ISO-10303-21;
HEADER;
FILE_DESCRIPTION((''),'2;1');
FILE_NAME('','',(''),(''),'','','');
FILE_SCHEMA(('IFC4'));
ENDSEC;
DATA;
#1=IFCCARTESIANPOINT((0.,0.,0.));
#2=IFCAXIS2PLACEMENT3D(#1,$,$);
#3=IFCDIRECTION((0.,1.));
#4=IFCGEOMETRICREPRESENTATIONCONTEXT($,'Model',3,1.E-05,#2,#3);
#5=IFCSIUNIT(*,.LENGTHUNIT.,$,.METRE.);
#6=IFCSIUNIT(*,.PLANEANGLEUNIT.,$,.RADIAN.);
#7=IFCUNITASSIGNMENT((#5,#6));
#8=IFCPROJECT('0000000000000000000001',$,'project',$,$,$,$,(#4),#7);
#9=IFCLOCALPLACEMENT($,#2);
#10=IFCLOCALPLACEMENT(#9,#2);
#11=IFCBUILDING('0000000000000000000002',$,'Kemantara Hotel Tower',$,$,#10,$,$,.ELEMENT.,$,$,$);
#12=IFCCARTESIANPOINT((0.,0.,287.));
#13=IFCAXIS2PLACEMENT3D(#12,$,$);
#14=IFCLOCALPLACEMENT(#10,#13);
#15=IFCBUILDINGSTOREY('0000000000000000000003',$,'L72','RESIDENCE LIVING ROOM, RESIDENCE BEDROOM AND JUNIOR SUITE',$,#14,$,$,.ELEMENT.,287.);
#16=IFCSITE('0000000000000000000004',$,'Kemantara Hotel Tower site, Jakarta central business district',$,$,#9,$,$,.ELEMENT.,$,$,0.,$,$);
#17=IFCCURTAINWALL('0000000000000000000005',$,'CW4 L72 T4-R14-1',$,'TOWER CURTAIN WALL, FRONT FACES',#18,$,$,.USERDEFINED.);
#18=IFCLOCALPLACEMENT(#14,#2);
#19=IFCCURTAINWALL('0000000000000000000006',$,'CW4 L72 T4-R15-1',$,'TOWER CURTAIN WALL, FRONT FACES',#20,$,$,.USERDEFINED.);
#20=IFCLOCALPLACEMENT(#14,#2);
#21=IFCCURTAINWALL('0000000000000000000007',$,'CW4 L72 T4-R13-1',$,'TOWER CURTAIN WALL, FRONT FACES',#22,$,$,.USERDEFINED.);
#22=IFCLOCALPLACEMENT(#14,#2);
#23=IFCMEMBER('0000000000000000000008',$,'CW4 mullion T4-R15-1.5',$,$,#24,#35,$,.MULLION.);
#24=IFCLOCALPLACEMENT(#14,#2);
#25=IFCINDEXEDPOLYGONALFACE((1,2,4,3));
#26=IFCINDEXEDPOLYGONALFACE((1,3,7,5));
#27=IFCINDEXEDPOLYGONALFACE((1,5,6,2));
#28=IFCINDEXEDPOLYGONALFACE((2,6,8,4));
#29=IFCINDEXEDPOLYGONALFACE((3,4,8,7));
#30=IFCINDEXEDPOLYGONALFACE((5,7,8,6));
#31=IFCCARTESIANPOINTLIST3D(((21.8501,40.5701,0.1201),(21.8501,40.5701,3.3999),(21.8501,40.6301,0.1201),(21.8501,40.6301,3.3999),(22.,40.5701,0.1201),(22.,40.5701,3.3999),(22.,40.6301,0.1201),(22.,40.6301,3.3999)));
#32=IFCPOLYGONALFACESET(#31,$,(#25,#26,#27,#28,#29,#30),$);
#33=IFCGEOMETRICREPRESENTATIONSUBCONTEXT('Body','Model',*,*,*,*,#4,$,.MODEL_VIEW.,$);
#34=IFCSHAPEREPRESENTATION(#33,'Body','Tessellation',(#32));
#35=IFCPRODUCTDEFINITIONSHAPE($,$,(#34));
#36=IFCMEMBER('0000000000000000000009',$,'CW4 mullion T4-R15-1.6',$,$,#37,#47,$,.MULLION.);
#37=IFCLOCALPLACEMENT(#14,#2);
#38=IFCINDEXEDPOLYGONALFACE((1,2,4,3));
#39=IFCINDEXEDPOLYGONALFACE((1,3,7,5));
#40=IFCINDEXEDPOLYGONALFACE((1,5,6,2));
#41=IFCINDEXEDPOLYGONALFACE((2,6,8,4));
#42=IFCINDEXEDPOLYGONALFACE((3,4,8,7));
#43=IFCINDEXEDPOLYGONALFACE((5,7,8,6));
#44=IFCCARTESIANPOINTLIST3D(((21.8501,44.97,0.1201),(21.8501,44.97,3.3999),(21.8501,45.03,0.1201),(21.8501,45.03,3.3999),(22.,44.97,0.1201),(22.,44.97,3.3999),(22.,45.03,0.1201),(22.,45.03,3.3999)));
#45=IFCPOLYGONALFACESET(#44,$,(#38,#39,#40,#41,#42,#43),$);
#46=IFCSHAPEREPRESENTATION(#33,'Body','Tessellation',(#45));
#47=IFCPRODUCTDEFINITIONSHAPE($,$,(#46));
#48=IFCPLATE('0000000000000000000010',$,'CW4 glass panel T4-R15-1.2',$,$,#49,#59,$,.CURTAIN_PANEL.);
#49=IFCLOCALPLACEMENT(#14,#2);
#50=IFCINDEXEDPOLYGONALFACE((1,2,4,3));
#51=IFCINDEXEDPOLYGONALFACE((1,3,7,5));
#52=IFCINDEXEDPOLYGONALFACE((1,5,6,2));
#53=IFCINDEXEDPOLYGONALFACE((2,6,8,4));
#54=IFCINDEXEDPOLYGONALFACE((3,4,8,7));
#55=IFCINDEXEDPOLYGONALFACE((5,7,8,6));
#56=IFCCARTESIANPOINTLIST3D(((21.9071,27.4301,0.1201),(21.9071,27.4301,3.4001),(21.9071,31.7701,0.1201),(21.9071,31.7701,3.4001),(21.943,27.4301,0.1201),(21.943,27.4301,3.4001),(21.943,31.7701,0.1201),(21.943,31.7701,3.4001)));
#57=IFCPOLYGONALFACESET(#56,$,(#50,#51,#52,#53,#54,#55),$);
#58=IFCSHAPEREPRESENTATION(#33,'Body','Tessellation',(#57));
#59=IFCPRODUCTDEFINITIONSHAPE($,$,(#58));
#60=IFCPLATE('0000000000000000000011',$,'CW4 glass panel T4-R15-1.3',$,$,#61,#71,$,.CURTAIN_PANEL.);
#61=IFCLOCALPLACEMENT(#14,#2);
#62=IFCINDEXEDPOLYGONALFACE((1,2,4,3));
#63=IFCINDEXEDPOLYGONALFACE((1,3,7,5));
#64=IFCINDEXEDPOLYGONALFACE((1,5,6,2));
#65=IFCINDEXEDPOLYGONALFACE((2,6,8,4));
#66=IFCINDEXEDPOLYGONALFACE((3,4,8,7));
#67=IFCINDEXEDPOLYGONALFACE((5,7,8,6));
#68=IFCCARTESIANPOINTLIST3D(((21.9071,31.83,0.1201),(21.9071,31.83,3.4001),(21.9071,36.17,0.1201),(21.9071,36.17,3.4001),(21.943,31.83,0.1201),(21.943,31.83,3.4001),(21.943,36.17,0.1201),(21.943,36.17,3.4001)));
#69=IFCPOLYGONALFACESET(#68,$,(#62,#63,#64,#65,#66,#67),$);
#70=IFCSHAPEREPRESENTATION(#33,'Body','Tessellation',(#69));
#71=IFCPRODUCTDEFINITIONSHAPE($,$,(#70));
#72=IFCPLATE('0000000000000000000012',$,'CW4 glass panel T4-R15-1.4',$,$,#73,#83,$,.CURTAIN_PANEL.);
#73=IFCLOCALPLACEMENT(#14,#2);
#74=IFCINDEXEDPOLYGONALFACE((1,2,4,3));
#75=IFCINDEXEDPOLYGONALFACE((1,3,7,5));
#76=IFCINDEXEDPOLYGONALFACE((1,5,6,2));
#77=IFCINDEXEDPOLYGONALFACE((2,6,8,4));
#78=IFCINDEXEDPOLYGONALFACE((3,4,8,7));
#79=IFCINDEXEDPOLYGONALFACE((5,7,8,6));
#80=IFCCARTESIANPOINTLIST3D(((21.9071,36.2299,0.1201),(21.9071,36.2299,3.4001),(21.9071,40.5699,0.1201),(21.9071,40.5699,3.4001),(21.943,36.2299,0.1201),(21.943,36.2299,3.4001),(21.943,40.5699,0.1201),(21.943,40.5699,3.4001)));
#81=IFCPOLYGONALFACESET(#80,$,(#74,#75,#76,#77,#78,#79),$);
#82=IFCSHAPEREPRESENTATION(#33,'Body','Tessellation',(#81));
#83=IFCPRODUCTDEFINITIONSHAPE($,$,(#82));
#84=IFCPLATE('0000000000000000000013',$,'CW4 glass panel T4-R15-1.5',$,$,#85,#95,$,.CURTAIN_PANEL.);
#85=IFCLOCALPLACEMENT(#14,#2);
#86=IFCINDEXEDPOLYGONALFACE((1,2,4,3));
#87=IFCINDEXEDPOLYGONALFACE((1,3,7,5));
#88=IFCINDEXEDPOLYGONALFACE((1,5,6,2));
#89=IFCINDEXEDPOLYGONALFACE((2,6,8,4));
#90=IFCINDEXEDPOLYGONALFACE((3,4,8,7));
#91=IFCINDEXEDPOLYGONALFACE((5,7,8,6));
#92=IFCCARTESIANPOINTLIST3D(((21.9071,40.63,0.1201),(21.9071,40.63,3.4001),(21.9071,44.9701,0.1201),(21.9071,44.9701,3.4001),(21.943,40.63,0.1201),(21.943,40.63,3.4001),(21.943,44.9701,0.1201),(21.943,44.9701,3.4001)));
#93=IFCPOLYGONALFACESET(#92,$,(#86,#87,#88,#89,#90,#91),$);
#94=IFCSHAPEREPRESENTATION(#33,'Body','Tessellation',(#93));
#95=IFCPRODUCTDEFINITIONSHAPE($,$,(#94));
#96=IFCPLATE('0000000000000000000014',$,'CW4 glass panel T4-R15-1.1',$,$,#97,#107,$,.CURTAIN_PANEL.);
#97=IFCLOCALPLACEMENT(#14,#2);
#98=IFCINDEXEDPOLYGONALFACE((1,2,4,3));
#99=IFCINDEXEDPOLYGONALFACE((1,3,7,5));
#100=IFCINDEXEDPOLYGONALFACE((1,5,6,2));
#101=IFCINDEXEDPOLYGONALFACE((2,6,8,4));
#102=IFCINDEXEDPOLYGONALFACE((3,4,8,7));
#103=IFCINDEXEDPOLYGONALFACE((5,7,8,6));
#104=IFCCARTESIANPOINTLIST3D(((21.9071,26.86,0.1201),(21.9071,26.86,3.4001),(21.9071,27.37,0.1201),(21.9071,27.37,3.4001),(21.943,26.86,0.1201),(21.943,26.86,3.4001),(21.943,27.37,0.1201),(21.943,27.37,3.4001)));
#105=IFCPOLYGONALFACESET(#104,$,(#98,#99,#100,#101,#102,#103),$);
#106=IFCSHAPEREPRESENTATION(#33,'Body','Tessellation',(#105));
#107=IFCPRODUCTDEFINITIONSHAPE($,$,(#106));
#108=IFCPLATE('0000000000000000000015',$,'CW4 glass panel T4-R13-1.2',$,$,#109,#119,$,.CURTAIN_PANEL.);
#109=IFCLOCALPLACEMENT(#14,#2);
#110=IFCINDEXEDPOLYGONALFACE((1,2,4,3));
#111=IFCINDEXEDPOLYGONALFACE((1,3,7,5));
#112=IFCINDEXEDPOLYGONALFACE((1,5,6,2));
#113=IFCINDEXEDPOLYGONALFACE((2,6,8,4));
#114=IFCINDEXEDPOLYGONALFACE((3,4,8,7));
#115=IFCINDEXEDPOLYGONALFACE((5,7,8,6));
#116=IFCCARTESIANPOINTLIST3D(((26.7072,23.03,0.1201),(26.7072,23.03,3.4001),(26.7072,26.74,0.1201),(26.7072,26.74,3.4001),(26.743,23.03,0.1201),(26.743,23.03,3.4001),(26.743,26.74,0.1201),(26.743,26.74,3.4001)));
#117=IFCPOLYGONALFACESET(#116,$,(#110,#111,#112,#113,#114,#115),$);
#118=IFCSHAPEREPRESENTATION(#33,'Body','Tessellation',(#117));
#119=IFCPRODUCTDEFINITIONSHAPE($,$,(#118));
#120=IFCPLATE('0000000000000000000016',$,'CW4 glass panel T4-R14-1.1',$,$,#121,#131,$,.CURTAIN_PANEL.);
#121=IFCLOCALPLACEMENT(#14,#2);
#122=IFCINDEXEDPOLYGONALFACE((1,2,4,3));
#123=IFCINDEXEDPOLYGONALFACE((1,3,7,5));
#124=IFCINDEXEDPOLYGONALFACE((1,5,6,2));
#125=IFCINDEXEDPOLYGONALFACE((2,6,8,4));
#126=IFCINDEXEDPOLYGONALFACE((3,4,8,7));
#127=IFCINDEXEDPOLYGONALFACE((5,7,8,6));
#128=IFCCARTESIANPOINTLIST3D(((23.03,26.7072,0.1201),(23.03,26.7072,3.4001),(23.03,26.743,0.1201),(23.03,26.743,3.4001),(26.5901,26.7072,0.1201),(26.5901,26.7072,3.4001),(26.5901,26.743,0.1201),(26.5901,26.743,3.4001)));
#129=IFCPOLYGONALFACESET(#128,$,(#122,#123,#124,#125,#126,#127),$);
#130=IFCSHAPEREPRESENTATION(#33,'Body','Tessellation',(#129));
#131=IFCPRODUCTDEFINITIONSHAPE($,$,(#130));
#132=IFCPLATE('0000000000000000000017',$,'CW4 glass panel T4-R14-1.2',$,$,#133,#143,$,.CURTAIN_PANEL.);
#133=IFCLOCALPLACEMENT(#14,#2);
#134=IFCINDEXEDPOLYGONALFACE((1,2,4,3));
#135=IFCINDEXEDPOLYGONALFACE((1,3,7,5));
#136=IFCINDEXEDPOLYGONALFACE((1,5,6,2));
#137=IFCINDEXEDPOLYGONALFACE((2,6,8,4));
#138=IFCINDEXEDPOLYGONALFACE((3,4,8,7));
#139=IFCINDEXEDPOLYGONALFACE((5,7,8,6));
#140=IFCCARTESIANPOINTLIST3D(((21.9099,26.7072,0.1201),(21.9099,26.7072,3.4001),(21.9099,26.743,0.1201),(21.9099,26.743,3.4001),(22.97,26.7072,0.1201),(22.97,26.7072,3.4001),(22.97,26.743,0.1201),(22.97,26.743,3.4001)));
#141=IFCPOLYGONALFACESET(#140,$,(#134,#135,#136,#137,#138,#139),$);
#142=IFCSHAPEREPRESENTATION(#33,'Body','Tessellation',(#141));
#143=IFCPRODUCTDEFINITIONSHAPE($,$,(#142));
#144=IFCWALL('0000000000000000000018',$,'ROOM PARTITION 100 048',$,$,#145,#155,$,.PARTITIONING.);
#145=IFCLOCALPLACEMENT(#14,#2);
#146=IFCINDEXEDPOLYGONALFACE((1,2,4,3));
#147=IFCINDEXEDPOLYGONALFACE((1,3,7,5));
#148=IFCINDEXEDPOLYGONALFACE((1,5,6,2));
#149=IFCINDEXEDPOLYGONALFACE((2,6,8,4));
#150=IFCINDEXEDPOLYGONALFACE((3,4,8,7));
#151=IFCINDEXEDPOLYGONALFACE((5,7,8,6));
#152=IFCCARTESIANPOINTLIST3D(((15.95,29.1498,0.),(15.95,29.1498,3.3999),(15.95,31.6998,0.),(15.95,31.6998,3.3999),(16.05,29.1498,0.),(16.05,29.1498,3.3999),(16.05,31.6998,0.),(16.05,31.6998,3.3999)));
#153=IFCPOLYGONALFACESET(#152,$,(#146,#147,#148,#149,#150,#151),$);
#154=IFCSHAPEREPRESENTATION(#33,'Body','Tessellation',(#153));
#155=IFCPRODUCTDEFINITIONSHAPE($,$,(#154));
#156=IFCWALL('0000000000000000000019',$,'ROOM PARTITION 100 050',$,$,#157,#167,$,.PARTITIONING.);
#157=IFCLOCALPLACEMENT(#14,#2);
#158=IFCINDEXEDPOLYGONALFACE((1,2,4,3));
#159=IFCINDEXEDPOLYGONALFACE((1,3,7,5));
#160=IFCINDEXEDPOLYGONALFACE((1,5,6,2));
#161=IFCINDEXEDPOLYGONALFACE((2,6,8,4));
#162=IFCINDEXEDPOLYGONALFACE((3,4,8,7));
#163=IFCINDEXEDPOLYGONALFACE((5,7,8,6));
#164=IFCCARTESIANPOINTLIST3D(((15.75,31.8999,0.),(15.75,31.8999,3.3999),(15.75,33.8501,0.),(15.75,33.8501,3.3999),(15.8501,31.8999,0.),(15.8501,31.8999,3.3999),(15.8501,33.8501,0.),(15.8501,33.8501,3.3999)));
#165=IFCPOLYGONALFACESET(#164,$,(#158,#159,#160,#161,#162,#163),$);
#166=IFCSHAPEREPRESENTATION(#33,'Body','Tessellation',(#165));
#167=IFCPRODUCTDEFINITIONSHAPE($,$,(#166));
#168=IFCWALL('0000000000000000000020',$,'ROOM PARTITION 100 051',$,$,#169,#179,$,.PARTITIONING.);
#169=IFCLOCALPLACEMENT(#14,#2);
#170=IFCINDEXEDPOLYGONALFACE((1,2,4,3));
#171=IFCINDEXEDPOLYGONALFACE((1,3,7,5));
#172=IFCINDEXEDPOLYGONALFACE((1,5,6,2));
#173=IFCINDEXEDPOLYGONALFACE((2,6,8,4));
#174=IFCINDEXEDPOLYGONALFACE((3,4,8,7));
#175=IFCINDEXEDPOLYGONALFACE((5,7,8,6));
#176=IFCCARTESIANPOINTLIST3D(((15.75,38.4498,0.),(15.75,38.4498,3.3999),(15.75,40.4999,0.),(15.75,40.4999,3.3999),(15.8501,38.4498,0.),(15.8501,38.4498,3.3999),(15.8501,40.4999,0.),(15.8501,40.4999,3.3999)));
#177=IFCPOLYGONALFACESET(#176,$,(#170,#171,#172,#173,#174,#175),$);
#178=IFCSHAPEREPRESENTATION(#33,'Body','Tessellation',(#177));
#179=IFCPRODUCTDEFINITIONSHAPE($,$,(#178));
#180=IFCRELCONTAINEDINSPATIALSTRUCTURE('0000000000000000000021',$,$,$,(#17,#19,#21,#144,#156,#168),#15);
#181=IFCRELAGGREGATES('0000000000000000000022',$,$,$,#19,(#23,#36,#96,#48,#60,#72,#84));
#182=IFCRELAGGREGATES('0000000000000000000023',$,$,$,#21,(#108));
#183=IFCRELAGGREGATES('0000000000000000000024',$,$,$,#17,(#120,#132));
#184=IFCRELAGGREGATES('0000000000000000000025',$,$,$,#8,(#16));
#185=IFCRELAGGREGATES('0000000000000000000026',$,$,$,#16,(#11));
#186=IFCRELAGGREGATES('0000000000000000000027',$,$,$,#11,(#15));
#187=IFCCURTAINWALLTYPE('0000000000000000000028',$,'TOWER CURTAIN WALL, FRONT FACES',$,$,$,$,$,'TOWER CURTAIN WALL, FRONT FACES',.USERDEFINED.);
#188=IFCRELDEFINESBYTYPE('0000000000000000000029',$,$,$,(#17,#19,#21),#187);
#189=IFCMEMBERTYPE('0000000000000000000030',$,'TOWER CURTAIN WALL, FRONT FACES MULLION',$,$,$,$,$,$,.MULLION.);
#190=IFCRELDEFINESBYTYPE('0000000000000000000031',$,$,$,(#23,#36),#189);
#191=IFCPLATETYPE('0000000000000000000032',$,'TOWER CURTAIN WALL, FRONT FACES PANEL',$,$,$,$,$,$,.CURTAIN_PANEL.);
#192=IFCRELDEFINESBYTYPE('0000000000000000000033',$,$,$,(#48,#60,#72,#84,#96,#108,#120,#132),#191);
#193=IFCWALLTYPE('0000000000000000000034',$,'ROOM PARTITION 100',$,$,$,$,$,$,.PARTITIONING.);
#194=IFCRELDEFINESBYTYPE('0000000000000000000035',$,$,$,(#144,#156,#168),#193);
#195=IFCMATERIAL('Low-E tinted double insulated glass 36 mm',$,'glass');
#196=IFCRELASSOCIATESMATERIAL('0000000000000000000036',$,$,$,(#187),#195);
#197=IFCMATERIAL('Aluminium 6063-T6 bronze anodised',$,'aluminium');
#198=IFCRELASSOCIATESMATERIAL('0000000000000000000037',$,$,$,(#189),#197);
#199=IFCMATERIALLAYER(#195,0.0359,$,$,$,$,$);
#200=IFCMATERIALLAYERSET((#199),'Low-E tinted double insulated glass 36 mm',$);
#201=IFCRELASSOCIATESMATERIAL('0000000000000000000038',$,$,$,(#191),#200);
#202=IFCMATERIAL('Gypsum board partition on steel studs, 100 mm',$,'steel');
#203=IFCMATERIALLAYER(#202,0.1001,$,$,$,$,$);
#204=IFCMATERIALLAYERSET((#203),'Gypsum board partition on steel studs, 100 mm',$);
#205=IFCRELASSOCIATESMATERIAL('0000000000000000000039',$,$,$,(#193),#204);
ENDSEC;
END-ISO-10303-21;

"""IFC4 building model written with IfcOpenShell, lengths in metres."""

from ifc_helpers import new_model, si_unit, direction, frame, frame_2d, origin, origin_2d, place, context, subcontext, project, spatial, rectangle, extrude, source, transform, mapped, material, layer, layer_set, material_profile, profile_set, type_object, element, aggregate, save


model = new_model("IFC4")

# Units and contexts
model_context = context("Model", 3, precision=1e-05, world=origin(), true_north=direction((0.0, 1.0)))
body_context = subcontext(model_context, "Body", "Model", "MODEL_VIEW")
ifc_project = project(units=[si_unit("LENGTHUNIT", "METRE"), si_unit("PLANEANGLEUNIT", "RADIAN")], contexts=[model_context])

# Site, building, storey
site_placement = place(None, origin())
site = spatial("IfcSite", under=ifc_project, at=site_placement, Name="Kemantara Hotel Tower site, Jakarta central business district", CompositionType="ELEMENT", RefElevation=0.0)
building_placement = place(site_placement, origin())
building = spatial("IfcBuilding", under=site, at=building_placement, Name="Kemantara Hotel Tower", CompositionType="ELEMENT")
storey_placement = place(building_placement, frame((0.0, 0.0, 287.0)))
storey = spatial("IfcBuildingStorey", under=building, at=storey_placement, Name="L72", Description="RESIDENCE LIVING ROOM, RESIDENCE BEDROOM AND JUNIOR SUITE", CompositionType="ELEMENT", Elevation=287.0)

# Curtain walls
ifc_material_1 = material(Name="Low-E tinted double insulated glass 36 mm", Category="glass")
curtain_wall_type = type_object("IfcCurtainWallType", Name="TOWER CURTAIN WALL, FRONT FACES", ElementType="TOWER CURTAIN WALL, FRONT FACES", PredefinedType="USERDEFINED", material=ifc_material_1)
curtain_wall_1_placement = place(storey_placement, origin())
curtain_wall_1 = element("IfcCurtainWall", 1, at=curtain_wall_1_placement, inside=storey, type_object=curtain_wall_type, Name="CW4 L72 T4-R14-1", ObjectType="TOWER CURTAIN WALL, FRONT FACES", PredefinedType="USERDEFINED")
ifc_material_2 = material(Name="Aluminium 6063-T6 bronze anodised", Category="aluminium")
curtain_wall_2_placement = place(storey_placement, origin())
curtain_wall_2 = element("IfcCurtainWall", 2, at=curtain_wall_2_placement, inside=storey, type_object=curtain_wall_type, Name="CW4 L72 T4-R15-1", ObjectType="TOWER CURTAIN WALL, FRONT FACES", PredefinedType="USERDEFINED")

# Curtain wall
curtain_wall_3_placement = place(storey_placement, origin())
curtain_wall_3 = element("IfcCurtainWall", 3, at=curtain_wall_3_placement, inside=storey, type_object=curtain_wall_type, Name="CW4 L72 T4-R13-1", ObjectType="TOWER CURTAIN WALL, FRONT FACES", PredefinedType="USERDEFINED")
ifc_material_profile_1 = material_profile(ifc_material_2, rectangle(XDim=0.1499, YDim=0.0601, at=origin_2d()), Name="TOWER CURTAIN WALL, FRONT FACES MULLION")
ifc_profile_set_1 = profile_set([ifc_material_profile_1], Name="Aluminium 6063-T6 bronze anodised")
member_type_1 = type_object("IfcMemberType", Name="TOWER CURTAIN WALL, FRONT FACES MULLION", PredefinedType="MULLION", material=ifc_profile_set_1)
shared_shape_1 = source(origin(), body_context, "Body", "SweptSolid", [
    extrude(rectangle(XDim=0.1499, YDim=0.0601, at=origin_2d()), origin(), (0.0, 0.0, 1.0), 3.2798),
])

# Members
member_1_placement = place(storey_placement, frame((21.925, 40.6001, 0.1201), z_axis=(0.0, 0.0, 1.0), x_axis=(-1.0, 0.0, 0.0)))
member_1 = element("IfcMember", 4, at=member_1_placement, type_object=member_type_1, Name="CW4 mullion T4-R15-1.5", PredefinedType="MULLION", context=body_context, shape_type="MappedRepresentation", body=[
    mapped(shared_shape_1, transform((0.0, 0.0, 0.0))),
])
member_2_placement = place(storey_placement, frame((21.925, 45.0, 0.1201), z_axis=(0.0, 0.0, 1.0), x_axis=(-1.0, 0.0, 0.0)))
member_2 = element("IfcMember", 5, at=member_2_placement, type_object=member_type_1, Name="CW4 mullion T4-R15-1.6", PredefinedType="MULLION", context=body_context, shape_type="MappedRepresentation", body=[
    mapped(shared_shape_1, transform((0.0, 0.0, 0.0))),
])

# Plates
ifc_layer_1 = layer(ifc_material_1, 0.0359)
ifc_layer_set_1 = layer_set([ifc_layer_1], Name="Low-E tinted double insulated glass 36 mm")
plate_type = type_object("IfcPlateType", Name="TOWER CURTAIN WALL, FRONT FACES PANEL", PredefinedType="CURTAIN_PANEL", material=ifc_layer_set_1)
shared_shape_2 = source(origin(), body_context, "Body", "SweptSolid", [
    extrude(rectangle(XDim=4.3401, YDim=0.0359, at=origin_2d()), origin(), (0.0, 0.0, 1.0), 3.28),
])
plate_1_placement = place(storey_placement, frame((21.925, 29.6001, 0.1201), z_axis=(0.0, 0.0, 1.0), x_axis=(0.0, 1.0, 0.0)))
plate_1 = element("IfcPlate", 6, at=plate_1_placement, type_object=plate_type, Name="CW4 glass panel T4-R15-1.2", PredefinedType="CURTAIN_PANEL", context=body_context, shape_type="MappedRepresentation", body=[
    mapped(shared_shape_2, transform((0.0, 0.0, 0.0))),
])
plate_2_placement = place(storey_placement, frame((21.925, 34.0, 0.1201), z_axis=(0.0, 0.0, 1.0), x_axis=(0.0, 1.0, 0.0)))
plate_2 = element("IfcPlate", 7, at=plate_2_placement, type_object=plate_type, Name="CW4 glass panel T4-R15-1.3", PredefinedType="CURTAIN_PANEL", context=body_context, shape_type="MappedRepresentation", body=[
    mapped(shared_shape_2, transform((0.0, 0.0, 0.0))),
])
plate_3_placement = place(storey_placement, frame((21.925, 38.3999, 0.1201), z_axis=(0.0, 0.0, 1.0), x_axis=(0.0, 1.0, 0.0)))
plate_3 = element("IfcPlate", 8, at=plate_3_placement, type_object=plate_type, Name="CW4 glass panel T4-R15-1.4", PredefinedType="CURTAIN_PANEL", context=body_context, shape_type="MappedRepresentation", body=[
    mapped(shared_shape_2, transform((0.0, 0.0, 0.0))),
])
plate_4_placement = place(storey_placement, frame((21.925, 42.8, 0.1201), z_axis=(0.0, 0.0, 1.0), x_axis=(0.0, 1.0, 0.0)))
plate_4 = element("IfcPlate", 9, at=plate_4_placement, type_object=plate_type, Name="CW4 glass panel T4-R15-1.5", PredefinedType="CURTAIN_PANEL", context=body_context, shape_type="MappedRepresentation", body=[
    mapped(shared_shape_2, transform((0.0, 0.0, 0.0))),
])
shared_shape_3 = source(origin(), body_context, "Body", "SweptSolid", [
    extrude(rectangle(XDim=0.51, YDim=0.0359, at=origin_2d()), origin(), (0.0, 0.0, 1.0), 3.28),
])
plate_5_placement = place(storey_placement, frame((21.925, 27.115, 0.1201), z_axis=(0.0, 0.0, 1.0), x_axis=(0.0, 1.0, 0.0)))
plate_5 = element("IfcPlate", 10, at=plate_5_placement, type_object=plate_type, Name="CW4 glass panel T4-R15-1.1", PredefinedType="CURTAIN_PANEL", context=body_context, shape_type="MappedRepresentation", body=[
    mapped(shared_shape_3, transform((0.0, 0.0, 0.0))),
])
aggregate(curtain_wall_2, [member_1, member_2, plate_5, plate_1, plate_2, plate_3, plate_4])
shared_shape_4 = source(origin(), body_context, "Body", "SweptSolid", [
    extrude(rectangle(XDim=3.71, YDim=0.0359, at=origin_2d()), origin(), (0.0, 0.0, 1.0), 3.28),
])
plate_6_placement = place(storey_placement, frame((26.7251, 24.885, 0.1201), z_axis=(0.0, 0.0, 1.0), x_axis=(0.0, 1.0, 0.0)))
plate_6 = element("IfcPlate", 11, at=plate_6_placement, type_object=plate_type, Name="CW4 glass panel T4-R13-1.2", PredefinedType="CURTAIN_PANEL", context=body_context, shape_type="MappedRepresentation", body=[
    mapped(shared_shape_4, transform((0.0, 0.0, 0.0))),
])
aggregate(curtain_wall_3, [plate_6])
shared_shape_5 = source(origin(), body_context, "Body", "SweptSolid", [
    extrude(rectangle(XDim=3.5601, YDim=0.0359, at=origin_2d()), origin(), (0.0, 0.0, 1.0), 3.28),
])
plate_7_placement = place(storey_placement, frame((24.8101, 26.7251, 0.1201), z_axis=(0.0, 0.0, 1.0), x_axis=(-1.0, 0.0, 0.0)))
plate_7 = element("IfcPlate", 12, at=plate_7_placement, type_object=plate_type, Name="CW4 glass panel T4-R14-1.1", PredefinedType="CURTAIN_PANEL", context=body_context, shape_type="MappedRepresentation", body=[
    mapped(shared_shape_5, transform((0.0, 0.0, 0.0))),
])
shared_shape_6 = source(origin(), body_context, "Body", "SweptSolid", [
    extrude(rectangle(XDim=1.0601, YDim=0.0359, at=origin_2d()), origin(), (0.0, 0.0, 1.0), 3.28),
])
plate_8_placement = place(storey_placement, frame((22.4399, 26.7251, 0.1201), z_axis=(0.0, 0.0, 1.0), x_axis=(-1.0, 0.0, 0.0)))
plate_8 = element("IfcPlate", 13, at=plate_8_placement, type_object=plate_type, Name="CW4 glass panel T4-R14-1.2", PredefinedType="CURTAIN_PANEL", context=body_context, shape_type="MappedRepresentation", body=[
    mapped(shared_shape_6, transform((0.0, 0.0, 0.0))),
])
aggregate(curtain_wall_1, [plate_7, plate_8])

# Walls
ifc_material_3 = material(Name="Gypsum board partition on steel studs, 100 mm", Category="steel")
ifc_layer_2 = layer(ifc_material_3, 0.1001)
ifc_layer_set_2 = layer_set([ifc_layer_2], Name="Gypsum board partition on steel studs, 100 mm")
wall_type = type_object("IfcWallType", Name="ROOM PARTITION 100", PredefinedType="PARTITIONING", material=ifc_layer_set_2)
wall_1_placement = place(storey_placement, frame((16.0, 29.1499, 0.0), z_axis=(0.0, 0.0, 1.0), x_axis=(0.0, 1.0, 0.0)))
element("IfcWall", 14, at=wall_1_placement, inside=storey, type_object=wall_type, Name="ROOM PARTITION 100 048", PredefinedType="PARTITIONING", context=body_context, shape_type="SweptSolid", body=[
    extrude(rectangle(XDim=2.55, YDim=0.1001, at=frame_2d((1.2749, 0.0))), origin(), (0.0, 0.0, 1.0), 3.3999),
])
wall_2_placement = place(storey_placement, frame((15.8, 31.8999, 0.0), z_axis=(0.0, 0.0, 1.0), x_axis=(0.0, 1.0, 0.0)))
element("IfcWall", 15, at=wall_2_placement, inside=storey, type_object=wall_type, Name="ROOM PARTITION 100 050", PredefinedType="PARTITIONING", context=body_context, shape_type="SweptSolid", body=[
    extrude(rectangle(XDim=1.9502, YDim=0.1001, at=frame_2d((0.9751, 0.0))), origin(), (0.0, 0.0, 1.0), 3.3999),
])
wall_3_placement = place(storey_placement, frame((15.8, 38.45, 0.0), z_axis=(0.0, 0.0, 1.0), x_axis=(0.0, 1.0, 0.0)))
element("IfcWall", 16, at=wall_3_placement, inside=storey, type_object=wall_type, Name="ROOM PARTITION 100 051", PredefinedType="PARTITIONING", context=body_context, shape_type="SweptSolid", body=[
    extrude(rectangle(XDim=2.05, YDim=0.1001, at=frame_2d((1.0249, 0.0))), origin(), (0.0, 0.0, 1.0), 3.3999),
])

save(model, "model.ifc")
